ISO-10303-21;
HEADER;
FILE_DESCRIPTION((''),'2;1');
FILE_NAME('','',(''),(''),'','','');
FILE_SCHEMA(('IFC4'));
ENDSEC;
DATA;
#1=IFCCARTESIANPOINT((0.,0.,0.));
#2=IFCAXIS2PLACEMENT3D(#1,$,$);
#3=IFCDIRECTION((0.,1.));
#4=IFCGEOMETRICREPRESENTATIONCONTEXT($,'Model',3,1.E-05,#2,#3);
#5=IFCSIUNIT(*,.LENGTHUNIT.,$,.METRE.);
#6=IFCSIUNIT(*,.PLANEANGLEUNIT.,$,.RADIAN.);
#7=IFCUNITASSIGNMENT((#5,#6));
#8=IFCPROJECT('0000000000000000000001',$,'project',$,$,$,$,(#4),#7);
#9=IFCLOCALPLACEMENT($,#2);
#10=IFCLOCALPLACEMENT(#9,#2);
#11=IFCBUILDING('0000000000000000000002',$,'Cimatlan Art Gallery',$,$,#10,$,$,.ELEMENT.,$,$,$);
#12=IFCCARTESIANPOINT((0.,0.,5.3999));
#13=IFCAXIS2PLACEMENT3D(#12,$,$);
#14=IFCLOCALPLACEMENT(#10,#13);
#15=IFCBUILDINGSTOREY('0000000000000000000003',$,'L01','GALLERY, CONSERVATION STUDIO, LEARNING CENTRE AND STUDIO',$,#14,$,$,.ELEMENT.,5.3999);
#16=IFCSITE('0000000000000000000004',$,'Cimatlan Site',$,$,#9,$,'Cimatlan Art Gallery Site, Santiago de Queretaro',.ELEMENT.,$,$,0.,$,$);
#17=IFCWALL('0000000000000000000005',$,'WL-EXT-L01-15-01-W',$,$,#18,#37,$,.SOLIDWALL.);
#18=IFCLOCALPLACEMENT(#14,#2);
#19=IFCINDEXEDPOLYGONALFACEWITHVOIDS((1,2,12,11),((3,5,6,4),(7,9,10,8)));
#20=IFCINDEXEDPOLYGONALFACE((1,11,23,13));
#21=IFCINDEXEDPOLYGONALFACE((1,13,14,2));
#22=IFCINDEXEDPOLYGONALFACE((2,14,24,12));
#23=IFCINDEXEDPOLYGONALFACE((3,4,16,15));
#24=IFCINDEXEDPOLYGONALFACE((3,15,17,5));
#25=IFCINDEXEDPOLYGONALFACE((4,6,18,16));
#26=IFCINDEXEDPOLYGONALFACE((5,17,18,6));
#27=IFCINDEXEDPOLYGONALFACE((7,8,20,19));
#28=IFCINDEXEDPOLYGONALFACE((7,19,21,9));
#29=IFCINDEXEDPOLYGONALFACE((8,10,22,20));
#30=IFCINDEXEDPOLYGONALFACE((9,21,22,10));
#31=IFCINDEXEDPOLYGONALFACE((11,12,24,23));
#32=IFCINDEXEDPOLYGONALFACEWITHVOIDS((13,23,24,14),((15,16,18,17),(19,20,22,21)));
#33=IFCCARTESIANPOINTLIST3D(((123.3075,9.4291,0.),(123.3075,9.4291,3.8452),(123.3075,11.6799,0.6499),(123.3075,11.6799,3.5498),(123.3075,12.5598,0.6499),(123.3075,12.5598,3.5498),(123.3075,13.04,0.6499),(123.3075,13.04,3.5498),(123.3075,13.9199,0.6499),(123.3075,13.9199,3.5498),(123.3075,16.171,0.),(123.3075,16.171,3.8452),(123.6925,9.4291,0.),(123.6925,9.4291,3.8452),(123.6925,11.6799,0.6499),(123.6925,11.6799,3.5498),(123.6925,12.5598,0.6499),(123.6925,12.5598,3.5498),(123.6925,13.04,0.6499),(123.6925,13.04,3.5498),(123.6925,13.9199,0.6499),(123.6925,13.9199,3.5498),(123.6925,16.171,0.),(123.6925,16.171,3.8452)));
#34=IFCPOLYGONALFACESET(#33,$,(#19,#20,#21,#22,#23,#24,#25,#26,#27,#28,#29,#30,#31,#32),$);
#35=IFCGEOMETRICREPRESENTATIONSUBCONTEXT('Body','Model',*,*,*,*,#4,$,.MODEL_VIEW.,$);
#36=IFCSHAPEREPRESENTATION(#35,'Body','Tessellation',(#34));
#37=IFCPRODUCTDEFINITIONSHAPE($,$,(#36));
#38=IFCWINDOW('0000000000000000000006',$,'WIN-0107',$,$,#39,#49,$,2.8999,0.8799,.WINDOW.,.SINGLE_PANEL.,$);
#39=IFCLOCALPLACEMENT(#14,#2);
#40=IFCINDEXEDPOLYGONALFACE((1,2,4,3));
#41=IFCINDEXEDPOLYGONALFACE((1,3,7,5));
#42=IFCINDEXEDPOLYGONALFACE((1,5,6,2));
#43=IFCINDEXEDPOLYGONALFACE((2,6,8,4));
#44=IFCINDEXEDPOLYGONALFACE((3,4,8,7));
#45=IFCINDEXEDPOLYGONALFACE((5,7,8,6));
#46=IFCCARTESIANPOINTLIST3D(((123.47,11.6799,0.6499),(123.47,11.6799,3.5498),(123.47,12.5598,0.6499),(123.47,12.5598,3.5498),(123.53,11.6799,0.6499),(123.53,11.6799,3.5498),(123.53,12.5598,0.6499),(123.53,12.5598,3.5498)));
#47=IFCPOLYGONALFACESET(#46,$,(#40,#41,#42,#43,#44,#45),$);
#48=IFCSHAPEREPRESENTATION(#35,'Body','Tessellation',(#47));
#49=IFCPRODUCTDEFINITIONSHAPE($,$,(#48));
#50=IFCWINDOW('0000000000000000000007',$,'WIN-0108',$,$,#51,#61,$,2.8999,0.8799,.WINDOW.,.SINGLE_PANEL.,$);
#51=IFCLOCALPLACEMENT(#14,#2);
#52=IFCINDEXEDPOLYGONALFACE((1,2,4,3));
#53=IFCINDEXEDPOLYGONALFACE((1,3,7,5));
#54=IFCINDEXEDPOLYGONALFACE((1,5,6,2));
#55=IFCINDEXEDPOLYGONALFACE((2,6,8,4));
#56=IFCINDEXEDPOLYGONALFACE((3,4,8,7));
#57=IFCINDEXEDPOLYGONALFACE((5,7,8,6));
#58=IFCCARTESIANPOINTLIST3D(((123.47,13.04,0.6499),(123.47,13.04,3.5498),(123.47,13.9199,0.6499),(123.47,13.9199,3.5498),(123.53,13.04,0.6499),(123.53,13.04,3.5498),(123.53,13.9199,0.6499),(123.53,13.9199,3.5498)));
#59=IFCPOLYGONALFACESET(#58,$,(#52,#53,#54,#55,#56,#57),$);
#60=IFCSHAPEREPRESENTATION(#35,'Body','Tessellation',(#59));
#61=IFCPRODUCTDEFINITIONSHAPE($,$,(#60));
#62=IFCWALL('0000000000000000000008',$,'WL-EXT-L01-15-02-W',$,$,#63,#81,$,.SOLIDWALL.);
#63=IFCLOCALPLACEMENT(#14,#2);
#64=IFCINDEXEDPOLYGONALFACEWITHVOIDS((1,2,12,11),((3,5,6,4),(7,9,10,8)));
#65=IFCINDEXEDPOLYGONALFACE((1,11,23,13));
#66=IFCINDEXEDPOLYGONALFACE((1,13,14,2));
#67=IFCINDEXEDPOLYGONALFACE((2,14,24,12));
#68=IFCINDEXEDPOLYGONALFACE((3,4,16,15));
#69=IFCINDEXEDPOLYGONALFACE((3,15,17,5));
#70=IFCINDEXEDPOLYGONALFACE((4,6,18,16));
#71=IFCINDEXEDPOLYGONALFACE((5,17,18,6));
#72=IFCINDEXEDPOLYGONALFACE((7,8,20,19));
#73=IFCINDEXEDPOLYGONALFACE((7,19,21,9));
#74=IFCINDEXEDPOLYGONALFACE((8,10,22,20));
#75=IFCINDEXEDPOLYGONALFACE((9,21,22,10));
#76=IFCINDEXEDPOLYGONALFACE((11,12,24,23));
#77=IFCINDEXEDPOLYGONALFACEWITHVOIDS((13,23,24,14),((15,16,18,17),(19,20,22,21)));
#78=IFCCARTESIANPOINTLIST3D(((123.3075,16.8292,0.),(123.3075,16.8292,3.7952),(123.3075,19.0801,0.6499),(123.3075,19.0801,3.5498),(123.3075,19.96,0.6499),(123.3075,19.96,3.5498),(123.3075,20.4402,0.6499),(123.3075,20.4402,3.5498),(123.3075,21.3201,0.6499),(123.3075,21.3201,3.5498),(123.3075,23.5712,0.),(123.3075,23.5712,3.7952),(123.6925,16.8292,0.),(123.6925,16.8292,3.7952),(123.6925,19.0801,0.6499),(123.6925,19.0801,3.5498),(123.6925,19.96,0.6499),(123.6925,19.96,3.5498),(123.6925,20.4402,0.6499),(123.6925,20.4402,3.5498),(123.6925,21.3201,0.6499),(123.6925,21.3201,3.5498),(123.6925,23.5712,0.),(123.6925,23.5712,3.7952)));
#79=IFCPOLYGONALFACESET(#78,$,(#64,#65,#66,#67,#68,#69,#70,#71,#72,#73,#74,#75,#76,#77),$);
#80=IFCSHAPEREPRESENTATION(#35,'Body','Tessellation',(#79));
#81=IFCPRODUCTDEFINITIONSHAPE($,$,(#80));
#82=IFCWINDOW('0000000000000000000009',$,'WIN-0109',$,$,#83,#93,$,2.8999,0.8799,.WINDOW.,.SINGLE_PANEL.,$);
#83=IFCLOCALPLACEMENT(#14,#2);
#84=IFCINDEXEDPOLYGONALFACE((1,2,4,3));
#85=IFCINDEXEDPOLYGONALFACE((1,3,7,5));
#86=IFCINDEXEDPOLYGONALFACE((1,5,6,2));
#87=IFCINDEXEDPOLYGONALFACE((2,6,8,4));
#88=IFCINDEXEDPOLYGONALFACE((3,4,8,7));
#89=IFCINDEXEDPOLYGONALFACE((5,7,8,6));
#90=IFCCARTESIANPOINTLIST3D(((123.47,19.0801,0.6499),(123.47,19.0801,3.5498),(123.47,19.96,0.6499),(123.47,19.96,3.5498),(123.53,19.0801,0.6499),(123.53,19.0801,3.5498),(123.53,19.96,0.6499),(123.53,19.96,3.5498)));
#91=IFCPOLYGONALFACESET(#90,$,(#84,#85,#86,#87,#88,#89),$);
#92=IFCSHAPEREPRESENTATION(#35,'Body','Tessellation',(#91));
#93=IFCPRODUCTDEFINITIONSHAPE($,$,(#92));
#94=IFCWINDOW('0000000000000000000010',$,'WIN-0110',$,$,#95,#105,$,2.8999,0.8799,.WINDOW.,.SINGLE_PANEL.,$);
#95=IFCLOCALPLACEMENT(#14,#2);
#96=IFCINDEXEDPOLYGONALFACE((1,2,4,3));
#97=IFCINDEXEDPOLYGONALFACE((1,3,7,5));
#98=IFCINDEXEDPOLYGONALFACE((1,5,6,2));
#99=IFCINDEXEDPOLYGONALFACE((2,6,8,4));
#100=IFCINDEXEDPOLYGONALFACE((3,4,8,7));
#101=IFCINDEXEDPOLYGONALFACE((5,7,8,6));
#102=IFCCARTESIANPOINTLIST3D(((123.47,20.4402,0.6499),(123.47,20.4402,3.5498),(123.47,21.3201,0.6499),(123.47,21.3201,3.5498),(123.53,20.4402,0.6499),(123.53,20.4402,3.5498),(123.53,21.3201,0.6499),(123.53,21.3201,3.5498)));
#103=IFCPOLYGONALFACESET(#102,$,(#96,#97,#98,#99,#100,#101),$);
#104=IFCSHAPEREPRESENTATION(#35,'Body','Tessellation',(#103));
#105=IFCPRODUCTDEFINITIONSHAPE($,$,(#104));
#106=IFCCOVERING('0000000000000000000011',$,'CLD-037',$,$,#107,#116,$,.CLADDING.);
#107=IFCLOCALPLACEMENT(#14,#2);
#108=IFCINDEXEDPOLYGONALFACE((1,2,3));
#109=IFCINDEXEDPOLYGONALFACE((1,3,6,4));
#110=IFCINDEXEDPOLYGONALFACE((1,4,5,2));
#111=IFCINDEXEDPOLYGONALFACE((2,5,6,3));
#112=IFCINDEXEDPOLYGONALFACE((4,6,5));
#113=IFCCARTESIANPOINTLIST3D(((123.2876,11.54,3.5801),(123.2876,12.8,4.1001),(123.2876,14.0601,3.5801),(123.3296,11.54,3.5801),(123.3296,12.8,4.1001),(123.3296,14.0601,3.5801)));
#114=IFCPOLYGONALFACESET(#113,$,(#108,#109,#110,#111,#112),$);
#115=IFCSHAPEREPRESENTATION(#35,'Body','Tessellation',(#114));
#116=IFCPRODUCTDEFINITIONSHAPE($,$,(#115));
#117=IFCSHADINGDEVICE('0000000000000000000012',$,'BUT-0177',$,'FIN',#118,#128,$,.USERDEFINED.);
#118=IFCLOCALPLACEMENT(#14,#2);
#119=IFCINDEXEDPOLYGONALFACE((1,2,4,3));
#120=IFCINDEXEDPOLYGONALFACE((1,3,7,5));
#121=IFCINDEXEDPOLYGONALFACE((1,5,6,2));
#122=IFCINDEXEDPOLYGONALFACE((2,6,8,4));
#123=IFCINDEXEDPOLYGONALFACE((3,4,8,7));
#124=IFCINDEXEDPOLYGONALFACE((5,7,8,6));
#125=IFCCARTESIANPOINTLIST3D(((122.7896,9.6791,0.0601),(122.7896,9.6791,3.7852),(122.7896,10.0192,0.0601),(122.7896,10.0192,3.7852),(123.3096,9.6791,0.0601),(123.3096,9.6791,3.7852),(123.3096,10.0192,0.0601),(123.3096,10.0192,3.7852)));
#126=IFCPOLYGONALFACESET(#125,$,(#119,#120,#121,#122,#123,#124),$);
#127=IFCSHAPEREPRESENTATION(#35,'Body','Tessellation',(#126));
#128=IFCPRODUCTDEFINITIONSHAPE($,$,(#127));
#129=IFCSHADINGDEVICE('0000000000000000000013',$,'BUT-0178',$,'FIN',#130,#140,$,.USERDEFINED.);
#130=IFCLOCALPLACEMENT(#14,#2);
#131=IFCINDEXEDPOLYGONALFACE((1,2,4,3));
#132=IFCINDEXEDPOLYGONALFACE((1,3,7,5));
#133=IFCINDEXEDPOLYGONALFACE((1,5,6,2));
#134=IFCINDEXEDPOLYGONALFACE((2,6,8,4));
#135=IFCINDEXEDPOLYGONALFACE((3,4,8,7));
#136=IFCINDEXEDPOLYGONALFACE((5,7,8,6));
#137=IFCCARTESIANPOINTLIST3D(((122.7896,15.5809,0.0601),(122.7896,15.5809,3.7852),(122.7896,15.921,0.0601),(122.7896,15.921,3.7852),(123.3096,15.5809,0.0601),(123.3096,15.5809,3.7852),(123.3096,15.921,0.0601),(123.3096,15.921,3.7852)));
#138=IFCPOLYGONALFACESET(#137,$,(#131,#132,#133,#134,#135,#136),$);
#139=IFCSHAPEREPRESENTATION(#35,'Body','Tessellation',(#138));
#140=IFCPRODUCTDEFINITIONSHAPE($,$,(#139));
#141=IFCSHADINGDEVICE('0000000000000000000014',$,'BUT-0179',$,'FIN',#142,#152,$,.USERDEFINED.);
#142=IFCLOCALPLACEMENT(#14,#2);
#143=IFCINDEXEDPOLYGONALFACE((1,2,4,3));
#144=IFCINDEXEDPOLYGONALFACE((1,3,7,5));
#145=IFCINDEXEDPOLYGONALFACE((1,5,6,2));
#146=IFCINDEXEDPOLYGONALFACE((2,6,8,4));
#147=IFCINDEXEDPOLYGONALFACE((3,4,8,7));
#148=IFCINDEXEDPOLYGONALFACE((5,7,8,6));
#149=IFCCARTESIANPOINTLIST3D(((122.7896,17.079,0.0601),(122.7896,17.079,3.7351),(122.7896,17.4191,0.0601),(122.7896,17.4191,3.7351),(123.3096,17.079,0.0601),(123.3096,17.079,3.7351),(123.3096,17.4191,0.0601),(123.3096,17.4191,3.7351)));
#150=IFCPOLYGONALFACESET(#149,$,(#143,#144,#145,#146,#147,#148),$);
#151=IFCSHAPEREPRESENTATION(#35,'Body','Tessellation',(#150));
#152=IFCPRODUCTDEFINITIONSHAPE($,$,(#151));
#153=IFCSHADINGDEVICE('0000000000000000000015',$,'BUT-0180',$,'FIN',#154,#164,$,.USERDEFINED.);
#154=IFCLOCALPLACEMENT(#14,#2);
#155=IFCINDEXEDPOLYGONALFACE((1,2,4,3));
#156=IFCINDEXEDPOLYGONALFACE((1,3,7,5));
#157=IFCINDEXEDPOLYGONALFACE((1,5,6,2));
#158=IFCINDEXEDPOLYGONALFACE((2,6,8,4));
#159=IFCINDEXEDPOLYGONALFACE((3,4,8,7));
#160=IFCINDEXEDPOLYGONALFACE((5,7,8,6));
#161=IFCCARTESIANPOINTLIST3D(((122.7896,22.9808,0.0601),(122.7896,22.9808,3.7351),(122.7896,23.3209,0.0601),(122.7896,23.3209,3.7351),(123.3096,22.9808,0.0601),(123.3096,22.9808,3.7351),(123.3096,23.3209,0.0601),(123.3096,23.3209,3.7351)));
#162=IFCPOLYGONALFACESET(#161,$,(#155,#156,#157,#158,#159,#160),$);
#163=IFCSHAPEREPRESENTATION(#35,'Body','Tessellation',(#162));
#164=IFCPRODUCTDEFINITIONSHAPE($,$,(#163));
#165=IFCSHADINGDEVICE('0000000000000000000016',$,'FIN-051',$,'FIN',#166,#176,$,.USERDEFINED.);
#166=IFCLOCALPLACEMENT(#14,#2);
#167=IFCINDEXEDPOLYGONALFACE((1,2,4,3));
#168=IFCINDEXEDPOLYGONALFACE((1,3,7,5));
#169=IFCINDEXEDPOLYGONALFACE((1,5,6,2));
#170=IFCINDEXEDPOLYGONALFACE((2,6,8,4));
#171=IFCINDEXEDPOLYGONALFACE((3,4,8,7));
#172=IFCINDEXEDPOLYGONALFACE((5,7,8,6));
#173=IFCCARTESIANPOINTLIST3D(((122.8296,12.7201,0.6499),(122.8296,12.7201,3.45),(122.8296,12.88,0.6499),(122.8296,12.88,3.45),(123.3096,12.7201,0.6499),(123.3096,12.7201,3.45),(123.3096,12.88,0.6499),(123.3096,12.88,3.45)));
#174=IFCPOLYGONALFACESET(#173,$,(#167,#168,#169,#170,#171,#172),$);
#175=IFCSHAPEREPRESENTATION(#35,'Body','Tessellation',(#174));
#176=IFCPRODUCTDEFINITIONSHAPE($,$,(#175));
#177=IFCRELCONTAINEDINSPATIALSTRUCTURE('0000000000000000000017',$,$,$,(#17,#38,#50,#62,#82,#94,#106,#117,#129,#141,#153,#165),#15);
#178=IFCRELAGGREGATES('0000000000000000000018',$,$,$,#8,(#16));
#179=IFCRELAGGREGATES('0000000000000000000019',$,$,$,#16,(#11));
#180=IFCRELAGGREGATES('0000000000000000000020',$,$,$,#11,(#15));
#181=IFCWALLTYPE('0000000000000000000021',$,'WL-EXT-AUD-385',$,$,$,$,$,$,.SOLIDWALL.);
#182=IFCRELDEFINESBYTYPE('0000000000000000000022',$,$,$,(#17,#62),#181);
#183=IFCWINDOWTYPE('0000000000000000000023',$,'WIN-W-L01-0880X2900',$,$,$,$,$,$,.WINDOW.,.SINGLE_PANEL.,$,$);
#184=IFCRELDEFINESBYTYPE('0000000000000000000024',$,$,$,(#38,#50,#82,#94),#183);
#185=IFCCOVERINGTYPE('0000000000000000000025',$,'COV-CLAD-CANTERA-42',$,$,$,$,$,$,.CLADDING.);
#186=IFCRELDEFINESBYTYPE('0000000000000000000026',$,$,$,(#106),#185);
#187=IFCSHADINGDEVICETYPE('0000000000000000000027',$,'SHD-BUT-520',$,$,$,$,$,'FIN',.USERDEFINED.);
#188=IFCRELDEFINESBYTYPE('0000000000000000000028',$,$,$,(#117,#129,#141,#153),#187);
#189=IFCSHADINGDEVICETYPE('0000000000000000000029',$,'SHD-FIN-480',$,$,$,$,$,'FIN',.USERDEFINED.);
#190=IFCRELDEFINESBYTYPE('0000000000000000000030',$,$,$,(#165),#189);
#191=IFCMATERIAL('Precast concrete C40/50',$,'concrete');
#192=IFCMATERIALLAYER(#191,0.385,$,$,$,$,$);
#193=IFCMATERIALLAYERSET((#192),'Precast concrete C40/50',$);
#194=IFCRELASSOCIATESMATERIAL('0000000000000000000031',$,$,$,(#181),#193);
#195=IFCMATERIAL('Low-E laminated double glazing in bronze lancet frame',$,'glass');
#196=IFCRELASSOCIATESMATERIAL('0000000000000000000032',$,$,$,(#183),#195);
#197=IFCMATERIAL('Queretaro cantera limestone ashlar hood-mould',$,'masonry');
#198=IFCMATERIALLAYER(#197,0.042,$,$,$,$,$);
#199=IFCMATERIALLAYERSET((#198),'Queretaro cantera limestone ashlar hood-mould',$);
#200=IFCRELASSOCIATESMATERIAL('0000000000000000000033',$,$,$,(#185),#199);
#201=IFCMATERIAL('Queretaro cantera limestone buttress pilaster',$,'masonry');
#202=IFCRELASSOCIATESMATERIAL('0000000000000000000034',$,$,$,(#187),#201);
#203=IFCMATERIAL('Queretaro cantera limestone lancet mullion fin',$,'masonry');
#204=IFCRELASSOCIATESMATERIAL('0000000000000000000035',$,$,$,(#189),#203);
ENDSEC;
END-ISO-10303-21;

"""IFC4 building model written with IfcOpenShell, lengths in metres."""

from ifc_helpers import new_model, si_unit, direction, frame, frame_2d, origin, origin_2d, place, context, subcontext, project, spatial, polyline, rectangle, outline, extrude, material, layer, layer_set, type_object, element, fill, save


model = new_model("IFC4")

# Units and contexts
model_context = context("Model", 3, precision=1e-05, world=origin(), true_north=direction((0.0, 1.0)))
body_context = subcontext(model_context, "Body", "Model", "MODEL_VIEW")
ifc_project = project(units=[si_unit("LENGTHUNIT", "METRE"), si_unit("PLANEANGLEUNIT", "RADIAN")], contexts=[model_context])

# Site, building, storey
site_placement = place(None, origin())
site = spatial("IfcSite", under=ifc_project, at=site_placement, Name="Cimatlan Site", LongName="Cimatlan Art Gallery Site, Santiago de Queretaro", CompositionType="ELEMENT", RefElevation=0.0)
building_placement = place(site_placement, origin())
building = spatial("IfcBuilding", under=site, at=building_placement, Name="Cimatlan Art Gallery", CompositionType="ELEMENT")
storey_placement = place(building_placement, frame((0.0, 0.0, 5.3999)))
storey = spatial("IfcBuildingStorey", under=building, at=storey_placement, Name="L01", Description="GALLERY, CONSERVATION STUDIO, LEARNING CENTRE AND STUDIO", CompositionType="ELEMENT", Elevation=5.3999)

# Walls, openings, windows
ifc_material_1 = material(Name="Precast concrete C40/50", Category="concrete")
ifc_layer_1 = layer(ifc_material_1, 0.385)
ifc_layer_set_1 = layer_set([ifc_layer_1], Name="Precast concrete C40/50")
wall_type_1 = type_object("IfcWallType", Name="WL-EXT-AUD-385", PredefinedType="SOLIDWALL", material=ifc_layer_set_1)
wall_1_placement = place(storey_placement, frame((123.5, 9.429, 0.0), z_axis=(0.0, 0.0, 1.0), x_axis=(0.0, 1.0, 0.0)))
wall_1 = element("IfcWall", 1, at=wall_1_placement, inside=storey, type_object=wall_type_1, Name="WL-EXT-L01-15-01-W", PredefinedType="SOLIDWALL", context=body_context, shape_type="SweptSolid", body=[
    extrude(rectangle(XDim=6.7419, YDim=0.385, at=frame_2d((3.3711, 0.0))), origin(), (0.0, 0.0, 1.0), 3.8452),
])
opening_1_placement = place(wall_1_placement, frame((2.251, 0.0, 0.6499)))
opening_1 = element("IfcOpeningElement", 2, at=opening_1_placement, cuts=wall_1, PredefinedType="OPENING", context=body_context, shape_type="SweptSolid", body=[
    extrude(rectangle(XDim=0.8799, YDim=2.8999, at=frame_2d((0.4399, 1.45))), frame((0.0, 0.2026, 0.0), z_axis=(0.0, -1.0, 0.0), x_axis=(1.0, 0.0, 0.0)), (0.0, 0.0, 1.0), 0.405),
])
opening_2_placement = place(wall_1_placement, frame((3.6111, 0.0, 0.6499)))
opening_2 = element("IfcOpeningElement", 3, at=opening_2_placement, cuts=wall_1, PredefinedType="OPENING", context=body_context, shape_type="SweptSolid", body=[
    extrude(rectangle(XDim=0.8799, YDim=2.8999, at=frame_2d((0.4399, 1.45))), frame((0.0, 0.2026, 0.0), z_axis=(0.0, -1.0, 0.0), x_axis=(1.0, 0.0, 0.0)), (0.0, 0.0, 1.0), 0.405),
])
ifc_material_2 = material(Name="Low-E laminated double glazing in bronze lancet frame", Category="glass")
window_type = type_object("IfcWindowType", Name="WIN-W-L01-0880X2900", PartitioningType="SINGLE_PANEL", PredefinedType="WINDOW", material=ifc_material_2)
window_1_placement = place(opening_1_placement, origin())
window_1 = element("IfcWindow", 4, at=window_1_placement, inside=storey, type_object=window_type, Name="WIN-0107", OverallHeight=2.8999, OverallWidth=0.8799, PartitioningType="SINGLE_PANEL", PredefinedType="WINDOW", context=body_context, shape_type="SweptSolid", body=[
    extrude(rectangle(XDim=0.8799, YDim=2.8999, at=frame_2d((0.4399, 1.45))), frame((0.0, 0.03, 0.0), z_axis=(0.0, -1.0, 0.0), x_axis=(1.0, 0.0, 0.0)), (0.0, 0.0, 1.0), 0.0601),
])
fill(opening_1, window_1)
window_2_placement = place(opening_2_placement, origin())
window_2 = element("IfcWindow", 5, at=window_2_placement, inside=storey, type_object=window_type, Name="WIN-0108", OverallHeight=2.8999, OverallWidth=0.8799, PartitioningType="SINGLE_PANEL", PredefinedType="WINDOW", context=body_context, shape_type="SweptSolid", body=[
    extrude(rectangle(XDim=0.8799, YDim=2.8999, at=frame_2d((0.4399, 1.45))), frame((0.0, 0.03, 0.0), z_axis=(0.0, -1.0, 0.0), x_axis=(1.0, 0.0, 0.0)), (0.0, 0.0, 1.0), 0.0601),
])
fill(opening_2, window_2)
wall_2_placement = place(storey_placement, frame((123.5, 16.8291, 0.0), z_axis=(0.0, 0.0, 1.0), x_axis=(0.0, 1.0, 0.0)))
wall_2 = element("IfcWall", 6, at=wall_2_placement, inside=storey, type_object=wall_type_1, Name="WL-EXT-L01-15-02-W", PredefinedType="SOLIDWALL", context=body_context, shape_type="SweptSolid", body=[
    extrude(rectangle(XDim=6.7419, YDim=0.385, at=frame_2d((3.3711, 0.0))), origin(), (0.0, 0.0, 1.0), 3.7952),
])
opening_3_placement = place(wall_2_placement, frame((2.251, 0.0, 0.6499)))
opening_3 = element("IfcOpeningElement", 7, at=opening_3_placement, cuts=wall_2, PredefinedType="OPENING", context=body_context, shape_type="SweptSolid", body=[
    extrude(rectangle(XDim=0.8799, YDim=2.8999, at=frame_2d((0.4399, 1.45))), frame((0.0, 0.2026, 0.0), z_axis=(0.0, -1.0, 0.0), x_axis=(1.0, 0.0, 0.0)), (0.0, 0.0, 1.0), 0.405),
])
opening_4_placement = place(wall_2_placement, frame((3.6111, 0.0, 0.6499)))
opening_4 = element("IfcOpeningElement", 8, at=opening_4_placement, cuts=wall_2, PredefinedType="OPENING", context=body_context, shape_type="SweptSolid", body=[
    extrude(rectangle(XDim=0.8799, YDim=2.8999, at=frame_2d((0.4399, 1.45))), frame((0.0, 0.2026, 0.0), z_axis=(0.0, -1.0, 0.0), x_axis=(1.0, 0.0, 0.0)), (0.0, 0.0, 1.0), 0.405),
])
window_3_placement = place(opening_3_placement, origin())
window_3 = element("IfcWindow", 9, at=window_3_placement, inside=storey, type_object=window_type, Name="WIN-0109", OverallHeight=2.8999, OverallWidth=0.8799, PartitioningType="SINGLE_PANEL", PredefinedType="WINDOW", context=body_context, shape_type="SweptSolid", body=[
    extrude(rectangle(XDim=0.8799, YDim=2.8999, at=frame_2d((0.4399, 1.45))), frame((0.0, 0.03, 0.0), z_axis=(0.0, -1.0, 0.0), x_axis=(1.0, 0.0, 0.0)), (0.0, 0.0, 1.0), 0.0601),
])
fill(opening_3, window_3)
window_4_placement = place(opening_4_placement, origin())
window_4 = element("IfcWindow", 10, at=window_4_placement, inside=storey, type_object=window_type, Name="WIN-0110", OverallHeight=2.8999, OverallWidth=0.8799, PartitioningType="SINGLE_PANEL", PredefinedType="WINDOW", context=body_context, shape_type="SweptSolid", body=[
    extrude(rectangle(XDim=0.8799, YDim=2.8999, at=frame_2d((0.4399, 1.45))), frame((0.0, 0.03, 0.0), z_axis=(0.0, -1.0, 0.0), x_axis=(1.0, 0.0, 0.0)), (0.0, 0.0, 1.0), 0.0601),
])
fill(opening_4, window_4)

# Covering
ifc_material_3 = material(Name="Queretaro cantera limestone ashlar hood-mould", Category="masonry")
ifc_layer_2 = layer(ifc_material_3, 0.042)
ifc_layer_set_2 = layer_set([ifc_layer_2], Name="Queretaro cantera limestone ashlar hood-mould")
covering_type = type_object("IfcCoveringType", Name="COV-CLAD-CANTERA-42", PredefinedType="CLADDING", material=ifc_layer_set_2)
covering_placement = place(storey_placement, frame((123.3296, 11.54, 3.5801), z_axis=(1.0, 0.0, 0.0), x_axis=(0.0, 1.0, 0.0)))
element("IfcCovering", 11, at=covering_placement, inside=storey, type_object=covering_type, Name="CLD-037", PredefinedType="CLADDING", context=body_context, shape_type="SweptSolid", body=[
    extrude(outline(polyline([(0.0, 0.0), (2.52, 0.0), (1.26, 0.52), (0.0, 0.0)])), origin(), (0.0, 0.0, -1.0), 0.042),
])

# Shading devices
ifc_material_4 = material(Name="Queretaro cantera limestone buttress pilaster", Category="masonry")
shading_device_type_1 = type_object("IfcShadingDeviceType", Name="SHD-BUT-520", ElementType="FIN", PredefinedType="USERDEFINED", material=ifc_material_4)
for number, where, z_axis, x_axis, name in (
    (12, (123.0496, 9.8491, 0.0601), (0.0, 0.0, 1.0), (0.0, 1.0, 0.0), "BUT-0177"),
    (13, (123.0496, 15.751, 0.0601), (0.0, 0.0, 1.0), (0.0, 1.0, 0.0), "BUT-0178"),
):
    element("IfcShadingDevice", number, at=place(storey_placement, frame(where, z_axis=z_axis, x_axis=x_axis)), inside=storey, type_object=shading_device_type_1, Name=name, ObjectType="FIN", PredefinedType="USERDEFINED", context=body_context, shape_type="SweptSolid", body=[
        extrude(rectangle(XDim=0.3401, YDim=0.52, at=origin_2d()), origin(), (0.0, 0.0, 1.0), 3.7251),
    ])
for number, where, z_axis, x_axis, name in (
    (14, (123.0496, 17.249, 0.0601), (0.0, 0.0, 1.0), (0.0, 1.0, 0.0), "BUT-0179"),
    (15, (123.0496, 23.1509, 0.0601), (0.0, 0.0, 1.0), (0.0, 1.0, 0.0), "BUT-0180"),
):
    element("IfcShadingDevice", number, at=place(storey_placement, frame(where, z_axis=z_axis, x_axis=x_axis)), inside=storey, type_object=shading_device_type_1, Name=name, ObjectType="FIN", PredefinedType="USERDEFINED", context=body_context, shape_type="SweptSolid", body=[
        extrude(rectangle(XDim=0.3401, YDim=0.52, at=origin_2d()), origin(), (0.0, 0.0, 1.0), 3.675),
    ])
ifc_material_5 = material(Name="Queretaro cantera limestone lancet mullion fin", Category="masonry")
shading_device_type_2 = type_object("IfcShadingDeviceType", Name="SHD-FIN-480", ElementType="FIN", PredefinedType="USERDEFINED", material=ifc_material_5)
for number, where, z_axis, x_axis, name in (
    (16, (123.0696, 12.8, 0.6499), (0.0, 0.0, 1.0), (0.0, 1.0, 0.0), "FIN-051"),
):
    element("IfcShadingDevice", number, at=place(storey_placement, frame(where, z_axis=z_axis, x_axis=x_axis)), inside=storey, type_object=shading_device_type_2, Name=name, ObjectType="FIN", PredefinedType="USERDEFINED", context=body_context, shape_type="SweptSolid", body=[
        extrude(rectangle(XDim=0.1599, YDim=0.48, at=origin_2d()), origin(), (0.0, 0.0, 1.0), 2.8),
    ])

save(model, "model.ifc")
